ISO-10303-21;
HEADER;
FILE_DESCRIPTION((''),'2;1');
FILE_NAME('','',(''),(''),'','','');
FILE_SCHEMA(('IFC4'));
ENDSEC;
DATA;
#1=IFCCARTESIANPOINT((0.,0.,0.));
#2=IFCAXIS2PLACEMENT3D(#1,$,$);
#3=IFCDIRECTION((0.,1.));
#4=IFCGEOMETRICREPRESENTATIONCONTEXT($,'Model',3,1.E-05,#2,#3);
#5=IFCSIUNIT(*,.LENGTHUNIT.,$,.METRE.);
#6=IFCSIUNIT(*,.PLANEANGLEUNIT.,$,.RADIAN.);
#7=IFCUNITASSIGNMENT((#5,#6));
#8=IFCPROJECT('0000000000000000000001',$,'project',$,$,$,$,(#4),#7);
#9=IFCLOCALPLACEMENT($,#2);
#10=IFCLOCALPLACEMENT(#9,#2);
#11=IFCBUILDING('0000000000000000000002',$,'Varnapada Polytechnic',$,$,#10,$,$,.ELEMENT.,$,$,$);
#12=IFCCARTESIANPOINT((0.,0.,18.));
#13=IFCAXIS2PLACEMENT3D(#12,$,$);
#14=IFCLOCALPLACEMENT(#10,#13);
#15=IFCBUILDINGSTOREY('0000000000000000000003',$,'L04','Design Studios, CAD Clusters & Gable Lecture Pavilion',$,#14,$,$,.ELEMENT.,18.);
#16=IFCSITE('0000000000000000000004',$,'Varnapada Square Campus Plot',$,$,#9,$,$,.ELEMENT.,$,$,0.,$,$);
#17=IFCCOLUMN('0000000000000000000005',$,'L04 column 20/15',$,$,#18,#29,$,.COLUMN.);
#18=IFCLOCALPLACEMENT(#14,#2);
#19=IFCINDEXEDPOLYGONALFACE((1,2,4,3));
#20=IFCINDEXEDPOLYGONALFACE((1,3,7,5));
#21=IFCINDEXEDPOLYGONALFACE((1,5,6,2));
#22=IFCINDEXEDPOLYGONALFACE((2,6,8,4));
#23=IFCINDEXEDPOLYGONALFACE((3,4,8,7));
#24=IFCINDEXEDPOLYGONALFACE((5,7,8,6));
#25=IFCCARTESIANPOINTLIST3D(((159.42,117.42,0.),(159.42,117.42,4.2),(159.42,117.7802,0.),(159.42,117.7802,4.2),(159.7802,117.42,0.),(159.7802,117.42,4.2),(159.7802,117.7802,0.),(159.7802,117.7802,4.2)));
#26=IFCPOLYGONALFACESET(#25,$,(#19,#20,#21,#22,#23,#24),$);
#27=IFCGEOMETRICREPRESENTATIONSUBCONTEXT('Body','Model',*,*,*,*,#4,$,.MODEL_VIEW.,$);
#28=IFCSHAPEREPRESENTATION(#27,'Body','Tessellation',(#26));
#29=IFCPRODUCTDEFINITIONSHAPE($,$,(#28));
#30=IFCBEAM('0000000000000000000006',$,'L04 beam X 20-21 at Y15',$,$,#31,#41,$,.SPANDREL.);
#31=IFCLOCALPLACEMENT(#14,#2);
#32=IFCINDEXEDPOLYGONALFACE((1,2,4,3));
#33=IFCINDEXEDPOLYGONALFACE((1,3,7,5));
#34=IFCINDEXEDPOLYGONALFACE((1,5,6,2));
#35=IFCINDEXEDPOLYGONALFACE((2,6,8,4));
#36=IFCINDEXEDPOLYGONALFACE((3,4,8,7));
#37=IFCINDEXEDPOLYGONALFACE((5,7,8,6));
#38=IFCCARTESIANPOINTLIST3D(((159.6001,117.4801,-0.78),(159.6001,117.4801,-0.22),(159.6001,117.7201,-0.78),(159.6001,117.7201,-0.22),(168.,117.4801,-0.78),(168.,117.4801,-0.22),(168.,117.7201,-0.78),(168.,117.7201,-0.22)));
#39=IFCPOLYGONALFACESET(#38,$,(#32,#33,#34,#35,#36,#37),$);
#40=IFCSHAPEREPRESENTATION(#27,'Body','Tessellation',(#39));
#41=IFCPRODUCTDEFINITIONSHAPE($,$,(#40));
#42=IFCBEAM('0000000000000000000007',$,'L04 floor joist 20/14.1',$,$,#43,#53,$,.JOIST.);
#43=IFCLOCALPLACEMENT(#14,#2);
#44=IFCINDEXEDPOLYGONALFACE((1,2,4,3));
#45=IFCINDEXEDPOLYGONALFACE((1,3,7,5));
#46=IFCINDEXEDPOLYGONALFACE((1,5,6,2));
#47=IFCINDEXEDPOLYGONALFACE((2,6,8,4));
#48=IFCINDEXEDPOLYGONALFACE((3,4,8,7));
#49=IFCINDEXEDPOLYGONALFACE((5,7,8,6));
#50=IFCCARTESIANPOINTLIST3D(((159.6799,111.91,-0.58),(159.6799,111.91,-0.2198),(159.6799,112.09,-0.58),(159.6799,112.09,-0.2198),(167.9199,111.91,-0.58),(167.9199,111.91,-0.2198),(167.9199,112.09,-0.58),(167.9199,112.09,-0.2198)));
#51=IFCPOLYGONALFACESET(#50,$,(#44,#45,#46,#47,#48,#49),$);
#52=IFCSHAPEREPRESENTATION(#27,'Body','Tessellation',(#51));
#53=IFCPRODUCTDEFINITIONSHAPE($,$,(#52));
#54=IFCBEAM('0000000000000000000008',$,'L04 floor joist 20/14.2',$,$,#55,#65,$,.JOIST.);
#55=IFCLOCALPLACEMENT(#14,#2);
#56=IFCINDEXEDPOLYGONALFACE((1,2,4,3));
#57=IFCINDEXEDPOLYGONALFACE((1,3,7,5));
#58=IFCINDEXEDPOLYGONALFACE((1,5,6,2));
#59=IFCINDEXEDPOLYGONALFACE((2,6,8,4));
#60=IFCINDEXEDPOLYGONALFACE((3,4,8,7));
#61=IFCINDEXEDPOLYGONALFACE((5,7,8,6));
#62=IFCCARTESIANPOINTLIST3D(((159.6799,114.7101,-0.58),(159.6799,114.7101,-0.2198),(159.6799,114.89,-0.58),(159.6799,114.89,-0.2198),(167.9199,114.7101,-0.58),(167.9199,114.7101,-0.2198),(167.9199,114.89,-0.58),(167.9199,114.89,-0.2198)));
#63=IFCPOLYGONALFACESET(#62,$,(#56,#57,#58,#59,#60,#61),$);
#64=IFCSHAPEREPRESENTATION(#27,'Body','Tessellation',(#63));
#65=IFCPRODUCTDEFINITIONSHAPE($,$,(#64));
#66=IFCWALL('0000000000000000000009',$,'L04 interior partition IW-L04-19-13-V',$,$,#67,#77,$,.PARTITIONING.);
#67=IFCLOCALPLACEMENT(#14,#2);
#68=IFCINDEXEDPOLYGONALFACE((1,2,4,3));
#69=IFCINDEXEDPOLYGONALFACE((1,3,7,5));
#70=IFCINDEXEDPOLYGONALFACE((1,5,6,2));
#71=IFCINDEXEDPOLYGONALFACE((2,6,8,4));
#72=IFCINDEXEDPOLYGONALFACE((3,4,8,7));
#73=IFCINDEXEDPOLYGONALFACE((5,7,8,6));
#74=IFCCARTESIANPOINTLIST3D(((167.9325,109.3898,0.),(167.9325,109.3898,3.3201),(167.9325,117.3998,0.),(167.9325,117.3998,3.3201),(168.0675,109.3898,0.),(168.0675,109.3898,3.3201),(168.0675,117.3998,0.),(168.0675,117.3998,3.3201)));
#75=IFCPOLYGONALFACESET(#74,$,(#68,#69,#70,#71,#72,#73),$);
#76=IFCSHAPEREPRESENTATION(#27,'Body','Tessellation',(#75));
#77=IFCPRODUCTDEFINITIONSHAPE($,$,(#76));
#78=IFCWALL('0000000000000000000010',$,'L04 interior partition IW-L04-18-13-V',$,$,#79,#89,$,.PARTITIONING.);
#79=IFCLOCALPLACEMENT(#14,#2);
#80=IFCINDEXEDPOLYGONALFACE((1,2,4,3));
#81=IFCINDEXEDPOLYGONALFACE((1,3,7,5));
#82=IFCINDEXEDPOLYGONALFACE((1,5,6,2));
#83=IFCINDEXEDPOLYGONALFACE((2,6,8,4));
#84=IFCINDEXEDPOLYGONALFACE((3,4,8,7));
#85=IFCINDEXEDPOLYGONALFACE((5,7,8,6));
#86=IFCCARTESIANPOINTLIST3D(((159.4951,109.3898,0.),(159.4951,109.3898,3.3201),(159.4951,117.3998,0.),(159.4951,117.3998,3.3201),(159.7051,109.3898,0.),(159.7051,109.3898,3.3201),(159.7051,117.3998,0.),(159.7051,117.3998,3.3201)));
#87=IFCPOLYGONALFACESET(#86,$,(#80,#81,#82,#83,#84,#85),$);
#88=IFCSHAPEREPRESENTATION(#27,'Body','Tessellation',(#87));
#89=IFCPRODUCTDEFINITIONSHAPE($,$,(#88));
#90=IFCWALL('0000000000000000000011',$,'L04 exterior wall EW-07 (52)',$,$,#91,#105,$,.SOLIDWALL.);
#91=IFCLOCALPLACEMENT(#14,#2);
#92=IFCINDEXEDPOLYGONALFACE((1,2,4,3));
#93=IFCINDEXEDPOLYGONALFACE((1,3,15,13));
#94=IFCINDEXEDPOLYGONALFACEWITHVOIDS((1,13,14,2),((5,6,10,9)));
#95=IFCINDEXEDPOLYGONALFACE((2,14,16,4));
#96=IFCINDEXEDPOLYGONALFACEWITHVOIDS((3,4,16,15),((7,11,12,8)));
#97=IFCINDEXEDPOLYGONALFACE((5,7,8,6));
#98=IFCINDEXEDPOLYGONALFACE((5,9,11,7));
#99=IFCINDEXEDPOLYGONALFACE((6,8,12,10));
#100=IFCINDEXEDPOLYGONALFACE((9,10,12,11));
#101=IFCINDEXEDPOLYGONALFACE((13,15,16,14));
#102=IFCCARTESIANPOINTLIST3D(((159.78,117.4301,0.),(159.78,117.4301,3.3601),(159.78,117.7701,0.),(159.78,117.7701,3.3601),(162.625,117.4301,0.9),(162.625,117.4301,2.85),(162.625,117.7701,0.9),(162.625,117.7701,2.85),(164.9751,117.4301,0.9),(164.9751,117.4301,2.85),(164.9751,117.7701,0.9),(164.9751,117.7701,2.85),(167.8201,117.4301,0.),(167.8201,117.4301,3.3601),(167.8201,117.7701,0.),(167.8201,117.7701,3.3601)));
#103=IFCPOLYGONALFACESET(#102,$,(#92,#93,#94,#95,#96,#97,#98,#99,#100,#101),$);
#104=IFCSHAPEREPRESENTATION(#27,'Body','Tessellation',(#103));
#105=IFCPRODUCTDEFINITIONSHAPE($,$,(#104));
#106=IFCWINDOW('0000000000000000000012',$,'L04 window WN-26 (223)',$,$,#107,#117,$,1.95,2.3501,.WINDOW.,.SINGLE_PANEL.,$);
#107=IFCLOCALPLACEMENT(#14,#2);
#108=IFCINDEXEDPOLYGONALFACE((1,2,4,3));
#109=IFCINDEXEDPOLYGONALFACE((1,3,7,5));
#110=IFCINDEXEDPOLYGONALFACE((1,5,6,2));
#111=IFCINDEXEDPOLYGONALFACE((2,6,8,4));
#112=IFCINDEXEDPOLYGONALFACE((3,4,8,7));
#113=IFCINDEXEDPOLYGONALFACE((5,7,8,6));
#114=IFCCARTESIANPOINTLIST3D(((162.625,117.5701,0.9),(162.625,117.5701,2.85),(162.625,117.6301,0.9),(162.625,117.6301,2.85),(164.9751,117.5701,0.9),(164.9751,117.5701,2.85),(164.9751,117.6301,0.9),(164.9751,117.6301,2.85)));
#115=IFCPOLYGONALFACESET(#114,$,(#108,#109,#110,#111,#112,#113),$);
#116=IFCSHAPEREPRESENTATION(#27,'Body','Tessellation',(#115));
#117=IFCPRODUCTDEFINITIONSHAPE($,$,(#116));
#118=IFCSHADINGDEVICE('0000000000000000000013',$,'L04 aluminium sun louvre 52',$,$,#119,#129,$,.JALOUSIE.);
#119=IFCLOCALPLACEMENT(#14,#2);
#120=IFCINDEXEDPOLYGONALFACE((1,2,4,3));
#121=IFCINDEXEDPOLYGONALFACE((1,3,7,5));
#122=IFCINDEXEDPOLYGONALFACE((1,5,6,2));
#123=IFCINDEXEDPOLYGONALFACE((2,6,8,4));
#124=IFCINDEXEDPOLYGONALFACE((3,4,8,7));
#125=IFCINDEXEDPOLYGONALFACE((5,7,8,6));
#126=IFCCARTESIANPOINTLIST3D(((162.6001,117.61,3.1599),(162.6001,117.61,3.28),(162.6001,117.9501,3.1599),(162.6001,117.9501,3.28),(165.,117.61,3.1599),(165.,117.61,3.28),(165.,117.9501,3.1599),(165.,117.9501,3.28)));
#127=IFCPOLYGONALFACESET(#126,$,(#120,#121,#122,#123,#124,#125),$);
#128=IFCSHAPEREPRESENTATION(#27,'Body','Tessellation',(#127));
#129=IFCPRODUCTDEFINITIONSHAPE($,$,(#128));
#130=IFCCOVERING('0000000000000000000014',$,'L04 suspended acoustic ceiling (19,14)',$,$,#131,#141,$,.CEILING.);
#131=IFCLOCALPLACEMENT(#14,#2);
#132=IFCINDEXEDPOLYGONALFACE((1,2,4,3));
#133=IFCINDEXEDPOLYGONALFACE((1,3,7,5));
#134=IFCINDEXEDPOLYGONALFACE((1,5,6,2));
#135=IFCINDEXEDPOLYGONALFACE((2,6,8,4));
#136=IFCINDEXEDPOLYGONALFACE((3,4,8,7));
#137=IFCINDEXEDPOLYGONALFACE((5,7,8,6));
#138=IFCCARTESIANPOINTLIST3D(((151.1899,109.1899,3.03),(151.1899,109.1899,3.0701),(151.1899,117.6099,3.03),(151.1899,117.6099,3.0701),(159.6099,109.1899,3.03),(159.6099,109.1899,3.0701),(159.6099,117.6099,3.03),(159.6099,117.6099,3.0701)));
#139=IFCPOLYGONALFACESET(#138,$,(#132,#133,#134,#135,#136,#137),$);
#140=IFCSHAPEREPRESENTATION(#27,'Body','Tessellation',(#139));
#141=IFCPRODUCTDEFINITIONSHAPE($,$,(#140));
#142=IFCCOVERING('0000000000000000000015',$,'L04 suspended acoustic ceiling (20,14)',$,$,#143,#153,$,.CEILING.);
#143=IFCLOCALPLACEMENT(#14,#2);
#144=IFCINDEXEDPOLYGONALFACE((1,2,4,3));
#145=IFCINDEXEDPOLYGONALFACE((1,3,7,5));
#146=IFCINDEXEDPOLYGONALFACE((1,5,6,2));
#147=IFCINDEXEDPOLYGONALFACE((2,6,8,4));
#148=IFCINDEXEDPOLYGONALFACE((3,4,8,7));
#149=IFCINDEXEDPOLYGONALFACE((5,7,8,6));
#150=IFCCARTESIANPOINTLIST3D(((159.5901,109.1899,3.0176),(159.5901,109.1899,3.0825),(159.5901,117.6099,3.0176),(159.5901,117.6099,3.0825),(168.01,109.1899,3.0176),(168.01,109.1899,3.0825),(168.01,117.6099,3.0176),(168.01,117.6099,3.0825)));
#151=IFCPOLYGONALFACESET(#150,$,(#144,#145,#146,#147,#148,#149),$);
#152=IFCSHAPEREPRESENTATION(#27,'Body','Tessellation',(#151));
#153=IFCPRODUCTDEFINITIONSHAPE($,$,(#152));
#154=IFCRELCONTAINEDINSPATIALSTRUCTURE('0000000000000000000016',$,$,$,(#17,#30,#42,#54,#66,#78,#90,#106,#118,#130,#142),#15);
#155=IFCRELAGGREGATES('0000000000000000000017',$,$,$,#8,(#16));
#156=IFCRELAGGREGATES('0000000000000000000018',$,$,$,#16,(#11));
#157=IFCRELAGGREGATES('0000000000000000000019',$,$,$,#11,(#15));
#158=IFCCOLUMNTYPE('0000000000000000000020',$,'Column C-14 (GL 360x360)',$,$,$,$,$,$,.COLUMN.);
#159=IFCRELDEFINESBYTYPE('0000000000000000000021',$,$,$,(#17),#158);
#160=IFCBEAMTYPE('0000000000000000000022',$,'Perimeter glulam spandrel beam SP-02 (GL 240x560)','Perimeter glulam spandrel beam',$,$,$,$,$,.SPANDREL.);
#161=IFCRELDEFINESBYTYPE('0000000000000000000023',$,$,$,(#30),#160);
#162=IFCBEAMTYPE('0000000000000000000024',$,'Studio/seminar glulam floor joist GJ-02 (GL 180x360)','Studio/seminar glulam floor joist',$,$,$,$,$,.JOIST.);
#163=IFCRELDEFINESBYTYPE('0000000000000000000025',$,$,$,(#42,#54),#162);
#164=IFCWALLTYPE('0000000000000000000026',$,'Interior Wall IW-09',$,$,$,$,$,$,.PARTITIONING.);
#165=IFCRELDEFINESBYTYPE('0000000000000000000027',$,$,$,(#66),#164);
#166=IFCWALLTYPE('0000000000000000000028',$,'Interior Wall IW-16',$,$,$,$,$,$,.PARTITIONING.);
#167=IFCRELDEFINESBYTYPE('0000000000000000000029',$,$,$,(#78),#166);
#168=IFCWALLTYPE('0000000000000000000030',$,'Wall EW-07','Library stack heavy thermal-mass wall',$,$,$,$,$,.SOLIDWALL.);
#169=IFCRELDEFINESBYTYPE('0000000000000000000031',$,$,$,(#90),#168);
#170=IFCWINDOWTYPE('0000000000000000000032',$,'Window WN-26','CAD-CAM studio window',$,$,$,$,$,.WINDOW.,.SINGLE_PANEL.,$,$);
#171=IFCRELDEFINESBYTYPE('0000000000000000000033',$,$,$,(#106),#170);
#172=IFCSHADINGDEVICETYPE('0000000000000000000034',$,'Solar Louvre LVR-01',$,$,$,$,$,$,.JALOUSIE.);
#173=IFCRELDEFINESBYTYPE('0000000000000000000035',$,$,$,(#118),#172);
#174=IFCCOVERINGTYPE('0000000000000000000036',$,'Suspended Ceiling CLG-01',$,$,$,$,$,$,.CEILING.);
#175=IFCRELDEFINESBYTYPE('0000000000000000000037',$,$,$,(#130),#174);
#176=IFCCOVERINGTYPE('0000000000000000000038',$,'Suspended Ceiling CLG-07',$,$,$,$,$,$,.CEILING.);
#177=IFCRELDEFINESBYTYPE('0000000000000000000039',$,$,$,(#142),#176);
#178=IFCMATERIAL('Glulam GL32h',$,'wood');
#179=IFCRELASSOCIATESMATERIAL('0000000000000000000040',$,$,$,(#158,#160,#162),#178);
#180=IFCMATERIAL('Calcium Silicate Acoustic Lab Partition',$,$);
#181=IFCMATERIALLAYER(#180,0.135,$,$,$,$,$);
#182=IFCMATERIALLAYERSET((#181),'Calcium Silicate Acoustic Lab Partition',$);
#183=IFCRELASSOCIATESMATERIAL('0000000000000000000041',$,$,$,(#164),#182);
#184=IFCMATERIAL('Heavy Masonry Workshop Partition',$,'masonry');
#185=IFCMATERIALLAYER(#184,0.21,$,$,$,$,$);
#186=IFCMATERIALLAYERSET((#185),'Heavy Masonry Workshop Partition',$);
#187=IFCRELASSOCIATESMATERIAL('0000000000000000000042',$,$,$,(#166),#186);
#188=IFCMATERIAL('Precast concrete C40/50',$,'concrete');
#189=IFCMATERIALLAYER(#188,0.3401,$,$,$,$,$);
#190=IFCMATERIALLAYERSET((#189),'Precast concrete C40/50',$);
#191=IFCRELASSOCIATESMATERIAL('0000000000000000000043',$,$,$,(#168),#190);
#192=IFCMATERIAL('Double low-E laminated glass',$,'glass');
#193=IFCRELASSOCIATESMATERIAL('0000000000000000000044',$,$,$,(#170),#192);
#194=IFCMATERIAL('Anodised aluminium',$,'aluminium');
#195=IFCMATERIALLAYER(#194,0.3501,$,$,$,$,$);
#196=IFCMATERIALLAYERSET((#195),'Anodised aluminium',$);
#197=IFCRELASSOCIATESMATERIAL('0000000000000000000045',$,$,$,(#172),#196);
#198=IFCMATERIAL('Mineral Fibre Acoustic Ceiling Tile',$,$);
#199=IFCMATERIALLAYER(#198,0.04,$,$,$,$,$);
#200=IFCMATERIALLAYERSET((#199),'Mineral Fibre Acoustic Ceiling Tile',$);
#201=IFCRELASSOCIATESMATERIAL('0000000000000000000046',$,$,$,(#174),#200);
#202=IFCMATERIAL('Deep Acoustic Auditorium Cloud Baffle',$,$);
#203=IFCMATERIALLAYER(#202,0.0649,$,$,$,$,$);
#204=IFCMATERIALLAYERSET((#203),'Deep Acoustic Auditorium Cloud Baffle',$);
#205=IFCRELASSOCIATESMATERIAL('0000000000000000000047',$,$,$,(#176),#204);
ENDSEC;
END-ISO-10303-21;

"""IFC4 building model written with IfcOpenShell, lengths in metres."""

from ifc_helpers import new_model, si_unit, direction, frame, frame_2d, origin, origin_2d, place, context, subcontext, project, spatial, rectangle, extrude, material, layer, layer_set, material_profile, profile_set, type_object, element, fill, save


model = new_model("IFC4")

# Units and contexts
model_context = context("Model", 3, precision=1e-05, world=origin(), true_north=direction((0.0, 1.0)))
body_context = subcontext(model_context, "Body", "Model", "MODEL_VIEW")
ifc_project = project(units=[si_unit("LENGTHUNIT", "METRE"), si_unit("PLANEANGLEUNIT", "RADIAN")], contexts=[model_context])

# Site, building, storey
site_placement = place(None, origin())
site = spatial("IfcSite", under=ifc_project, at=site_placement, Name="Varnapada Square Campus Plot", CompositionType="ELEMENT", RefElevation=0.0)
building_placement = place(site_placement, origin())
building = spatial("IfcBuilding", under=site, at=building_placement, Name="Varnapada Polytechnic", CompositionType="ELEMENT")
storey_placement = place(building_placement, frame((0.0, 0.0, 18.0)))
storey = spatial("IfcBuildingStorey", under=building, at=storey_placement, Name="L04", Description="Design Studios, CAD Clusters & Gable Lecture Pavilion", CompositionType="ELEMENT", Elevation=18.0)

# Column
ifc_material_1 = material(Name="Glulam GL32h", Category="wood")
ifc_material_profile_1 = material_profile(ifc_material_1, rectangle(XDim=0.3601, YDim=0.3601, at=origin_2d()), Name="GL 360x360")
ifc_profile_set_1 = profile_set([ifc_material_profile_1], Name="Glulam GL32h")
column_type = type_object("IfcColumnType", Name="Column C-14 (GL 360x360)", PredefinedType="COLUMN", material=ifc_profile_set_1)
column_placement = place(storey_placement, frame((159.6001, 117.6001, 0.0), z_axis=(0.0, 0.0, 1.0), x_axis=(1.0, 0.0, 0.0)))
element("IfcColumn", 1, at=column_placement, inside=storey, type_object=column_type, Name="L04 column 20/15", PredefinedType="COLUMN", context=body_context, shape_type="SweptSolid", body=[
    extrude(rectangle(XDim=0.3601, YDim=0.3601, at=origin_2d()), origin(), (0.0, 0.0, 1.0), 4.2),
])

# Beams
ifc_material_profile_2 = material_profile(ifc_material_1, rectangle(XDim=0.24, YDim=0.5601, at=origin_2d()), Name="GL 240x560")
ifc_profile_set_2 = profile_set([ifc_material_profile_2], Name="Glulam GL32h")
beam_type_1 = type_object("IfcBeamType", Name="Perimeter glulam spandrel beam SP-02 (GL 240x560)", Description="Perimeter glulam spandrel beam", PredefinedType="SPANDREL", material=ifc_profile_set_2)
beam_placement = place(storey_placement, frame((159.6001, 117.6001, -0.5), z_axis=(1.0, 0.0, 0.0), x_axis=(0.0, 1.0, 0.0)))
element("IfcBeam", 2, at=beam_placement, inside=storey, type_object=beam_type_1, Name="L04 beam X 20-21 at Y15", PredefinedType="SPANDREL", context=body_context, shape_type="SweptSolid", body=[
    extrude(rectangle(XDim=0.24, YDim=0.5601, at=origin_2d()), origin(), (0.0, 0.0, 1.0), 8.3999),
])
ifc_material_profile_3 = material_profile(ifc_material_1, rectangle(XDim=0.1799, YDim=0.3601, at=origin_2d()), Name="GL 180x360")
ifc_profile_set_3 = profile_set([ifc_material_profile_3], Name="Glulam GL32h")
beam_type_2 = type_object("IfcBeamType", Name="Studio/seminar glulam floor joist GJ-02 (GL 180x360)", Description="Studio/seminar glulam floor joist", PredefinedType="JOIST", material=ifc_profile_set_3)
for number, where, z_axis, x_axis, name in (
    (3, (159.6799, 112.0, -0.3999), (1.0, 0.0, 0.0), (0.0, 1.0, 0.0), "L04 floor joist 20/14.1"),
    (4, (159.6799, 114.8, -0.3999), (1.0, 0.0, 0.0), (0.0, 1.0, 0.0), "L04 floor joist 20/14.2"),
):
    element("IfcBeam", number, at=place(storey_placement, frame(where, z_axis=z_axis, x_axis=x_axis)), inside=storey, type_object=beam_type_2, Name=name, PredefinedType="JOIST", context=body_context, shape_type="SweptSolid", body=[
        extrude(rectangle(XDim=0.1799, YDim=0.3601, at=origin_2d()), origin(), (0.0, 0.0, 1.0), 8.24),
    ])

# Walls
ifc_material_2 = material(Name="Calcium Silicate Acoustic Lab Partition")
ifc_layer_1 = layer(ifc_material_2, 0.135)
ifc_layer_set_1 = layer_set([ifc_layer_1], Name="Calcium Silicate Acoustic Lab Partition")
wall_type_1 = type_object("IfcWallType", Name="Interior Wall IW-09", PredefinedType="PARTITIONING", material=ifc_layer_set_1)
wall_1_placement = place(storey_placement, frame((168.0, 109.3899, 0.0), z_axis=(0.0, 0.0, 1.0), x_axis=(0.0, 1.0, 0.0)))
element("IfcWall", 5, at=wall_1_placement, inside=storey, type_object=wall_type_1, Name="L04 interior partition IW-L04-19-13-V", PredefinedType="PARTITIONING", context=body_context, shape_type="SweptSolid", body=[
    extrude(rectangle(XDim=8.01, YDim=0.135, at=frame_2d((4.0049, 0.0))), origin(), (0.0, 0.0, 1.0), 3.3201),
])
ifc_material_3 = material(Name="Heavy Masonry Workshop Partition", Category="masonry")
ifc_layer_2 = layer(ifc_material_3, 0.21)
ifc_layer_set_2 = layer_set([ifc_layer_2], Name="Heavy Masonry Workshop Partition")
wall_type_2 = type_object("IfcWallType", Name="Interior Wall IW-16", PredefinedType="PARTITIONING", material=ifc_layer_set_2)
wall_2_placement = place(storey_placement, frame((159.6001, 109.3899, 0.0), z_axis=(0.0, 0.0, 1.0), x_axis=(0.0, 1.0, 0.0)))
element("IfcWall", 6, at=wall_2_placement, inside=storey, type_object=wall_type_2, Name="L04 interior partition IW-L04-18-13-V", PredefinedType="PARTITIONING", context=body_context, shape_type="SweptSolid", body=[
    extrude(rectangle(XDim=8.01, YDim=0.21, at=frame_2d((4.0049, 0.0))), origin(), (0.0, 0.0, 1.0), 3.3201),
])

# Wall, opening, window
ifc_material_4 = material(Name="Precast concrete C40/50", Category="concrete")
ifc_layer_3 = layer(ifc_material_4, 0.3401)
ifc_layer_set_3 = layer_set([ifc_layer_3], Name="Precast concrete C40/50")
wall_type_3 = type_object("IfcWallType", Name="Wall EW-07", Description="Library stack heavy thermal-mass wall", PredefinedType="SOLIDWALL", material=ifc_layer_set_3)
wall_3_placement = place(storey_placement, frame((159.78, 117.6001, 0.0), z_axis=(0.0, 0.0, 1.0), x_axis=(1.0, 0.0, 0.0)))
wall_3 = element("IfcWall", 7, at=wall_3_placement, inside=storey, type_object=wall_type_3, Name="L04 exterior wall EW-07 (52)", PredefinedType="SOLIDWALL", context=body_context, shape_type="SweptSolid", body=[
    extrude(rectangle(XDim=8.04, YDim=0.3401, at=frame_2d((4.02, 0.0))), origin(), (0.0, 0.0, 1.0), 3.3601),
])
opening_1_placement = place(wall_3_placement, frame((2.845, 0.0, 0.8999)))
opening_1 = element("IfcOpeningElement", 8, at=opening_1_placement, cuts=wall_3, PredefinedType="OPENING", context=body_context, shape_type="SweptSolid", body=[
    extrude(rectangle(XDim=2.3501, YDim=1.95, at=frame_2d((1.175, 0.9751))), frame((0.0, 0.1799, 0.0), z_axis=(0.0, -1.0, 0.0), x_axis=(1.0, 0.0, 0.0)), (0.0, 0.0, 1.0), 0.3601),
])
ifc_material_5 = material(Name="Double low-E laminated glass", Category="glass")
window_type = type_object("IfcWindowType", Name="Window WN-26", Description="CAD-CAM studio window", PartitioningType="SINGLE_PANEL", PredefinedType="WINDOW", material=ifc_material_5)
window_placement = place(opening_1_placement, origin())
window = element("IfcWindow", 9, at=window_placement, inside=storey, type_object=window_type, Name="L04 window WN-26 (223)", OverallHeight=1.95, OverallWidth=2.3501, PartitioningType="SINGLE_PANEL", PredefinedType="WINDOW", context=body_context, shape_type="SweptSolid", body=[
    extrude(rectangle(XDim=2.3501, YDim=1.95, at=frame_2d((1.175, 0.9751))), frame((0.0, 0.03, 0.0), z_axis=(0.0, -1.0, 0.0), x_axis=(1.0, 0.0, 0.0)), (0.0, 0.0, 1.0), 0.0601),
])
fill(opening_1, window)

# Shading device
ifc_material_6 = material(Name="Anodised aluminium", Category="aluminium")
ifc_layer_4 = layer(ifc_material_6, 0.3501)
ifc_layer_set_4 = layer_set([ifc_layer_4], Name="Anodised aluminium")
shading_device_type_1 = type_object("IfcShadingDeviceType", Name="Solar Louvre LVR-01", PredefinedType="JALOUSIE", material=ifc_layer_set_4)
shading_device_placement = place(storey_placement, frame((163.8, 117.78, 3.1599), z_axis=(0.0, 0.0, 1.0), x_axis=(1.0, 0.0, 0.0)))
element("IfcShadingDevice", 10, at=shading_device_placement, inside=storey, type_object=shading_device_type_1, Name="L04 aluminium sun louvre 52", PredefinedType="JALOUSIE", context=body_context, shape_type="SweptSolid", body=[
    extrude(rectangle(XDim=2.3999, YDim=0.3401, at=origin_2d()), origin(), (0.0, 0.0, 1.0), 0.1201),
])

# Coverings
ifc_material_7 = material(Name="Mineral Fibre Acoustic Ceiling Tile")
ifc_layer_5 = layer(ifc_material_7, 0.04)
ifc_layer_set_5 = layer_set([ifc_layer_5], Name="Mineral Fibre Acoustic Ceiling Tile")
covering_type_1 = type_object("IfcCoveringType", Name="Suspended Ceiling CLG-01", PredefinedType="CEILING", material=ifc_layer_set_5)
covering_1_placement = place(storey_placement, frame((155.3999, 113.3999, 3.03), z_axis=(0.0, 0.0, 1.0), x_axis=(1.0, 0.0, 0.0)))
element("IfcCovering", 11, at=covering_1_placement, inside=storey, type_object=covering_type_1, Name="L04 suspended acoustic ceiling (19,14)", PredefinedType="CEILING", context=body_context, shape_type="SweptSolid", body=[
    extrude(rectangle(XDim=8.4199, YDim=8.4199, at=origin_2d()), origin(), (0.0, 0.0, 1.0), 0.04),
])
ifc_material_8 = material(Name="Deep Acoustic Auditorium Cloud Baffle")
ifc_layer_6 = layer(ifc_material_8, 0.0649)
ifc_layer_set_6 = layer_set([ifc_layer_6], Name="Deep Acoustic Auditorium Cloud Baffle")
covering_type_2 = type_object("IfcCoveringType", Name="Suspended Ceiling CLG-07", PredefinedType="CEILING", material=ifc_layer_set_6)
covering_2_placement = place(storey_placement, frame((163.8, 113.3999, 3.0176), z_axis=(0.0, 0.0, 1.0), x_axis=(1.0, 0.0, 0.0)))
element("IfcCovering", 12, at=covering_2_placement, inside=storey, type_object=covering_type_2, Name="L04 suspended acoustic ceiling (20,14)", PredefinedType="CEILING", context=body_context, shape_type="SweptSolid", body=[
    extrude(rectangle(XDim=8.4199, YDim=8.4199, at=origin_2d()), origin(), (0.0, 0.0, 1.0), 0.0649),
])

save(model, "model.ifc")
